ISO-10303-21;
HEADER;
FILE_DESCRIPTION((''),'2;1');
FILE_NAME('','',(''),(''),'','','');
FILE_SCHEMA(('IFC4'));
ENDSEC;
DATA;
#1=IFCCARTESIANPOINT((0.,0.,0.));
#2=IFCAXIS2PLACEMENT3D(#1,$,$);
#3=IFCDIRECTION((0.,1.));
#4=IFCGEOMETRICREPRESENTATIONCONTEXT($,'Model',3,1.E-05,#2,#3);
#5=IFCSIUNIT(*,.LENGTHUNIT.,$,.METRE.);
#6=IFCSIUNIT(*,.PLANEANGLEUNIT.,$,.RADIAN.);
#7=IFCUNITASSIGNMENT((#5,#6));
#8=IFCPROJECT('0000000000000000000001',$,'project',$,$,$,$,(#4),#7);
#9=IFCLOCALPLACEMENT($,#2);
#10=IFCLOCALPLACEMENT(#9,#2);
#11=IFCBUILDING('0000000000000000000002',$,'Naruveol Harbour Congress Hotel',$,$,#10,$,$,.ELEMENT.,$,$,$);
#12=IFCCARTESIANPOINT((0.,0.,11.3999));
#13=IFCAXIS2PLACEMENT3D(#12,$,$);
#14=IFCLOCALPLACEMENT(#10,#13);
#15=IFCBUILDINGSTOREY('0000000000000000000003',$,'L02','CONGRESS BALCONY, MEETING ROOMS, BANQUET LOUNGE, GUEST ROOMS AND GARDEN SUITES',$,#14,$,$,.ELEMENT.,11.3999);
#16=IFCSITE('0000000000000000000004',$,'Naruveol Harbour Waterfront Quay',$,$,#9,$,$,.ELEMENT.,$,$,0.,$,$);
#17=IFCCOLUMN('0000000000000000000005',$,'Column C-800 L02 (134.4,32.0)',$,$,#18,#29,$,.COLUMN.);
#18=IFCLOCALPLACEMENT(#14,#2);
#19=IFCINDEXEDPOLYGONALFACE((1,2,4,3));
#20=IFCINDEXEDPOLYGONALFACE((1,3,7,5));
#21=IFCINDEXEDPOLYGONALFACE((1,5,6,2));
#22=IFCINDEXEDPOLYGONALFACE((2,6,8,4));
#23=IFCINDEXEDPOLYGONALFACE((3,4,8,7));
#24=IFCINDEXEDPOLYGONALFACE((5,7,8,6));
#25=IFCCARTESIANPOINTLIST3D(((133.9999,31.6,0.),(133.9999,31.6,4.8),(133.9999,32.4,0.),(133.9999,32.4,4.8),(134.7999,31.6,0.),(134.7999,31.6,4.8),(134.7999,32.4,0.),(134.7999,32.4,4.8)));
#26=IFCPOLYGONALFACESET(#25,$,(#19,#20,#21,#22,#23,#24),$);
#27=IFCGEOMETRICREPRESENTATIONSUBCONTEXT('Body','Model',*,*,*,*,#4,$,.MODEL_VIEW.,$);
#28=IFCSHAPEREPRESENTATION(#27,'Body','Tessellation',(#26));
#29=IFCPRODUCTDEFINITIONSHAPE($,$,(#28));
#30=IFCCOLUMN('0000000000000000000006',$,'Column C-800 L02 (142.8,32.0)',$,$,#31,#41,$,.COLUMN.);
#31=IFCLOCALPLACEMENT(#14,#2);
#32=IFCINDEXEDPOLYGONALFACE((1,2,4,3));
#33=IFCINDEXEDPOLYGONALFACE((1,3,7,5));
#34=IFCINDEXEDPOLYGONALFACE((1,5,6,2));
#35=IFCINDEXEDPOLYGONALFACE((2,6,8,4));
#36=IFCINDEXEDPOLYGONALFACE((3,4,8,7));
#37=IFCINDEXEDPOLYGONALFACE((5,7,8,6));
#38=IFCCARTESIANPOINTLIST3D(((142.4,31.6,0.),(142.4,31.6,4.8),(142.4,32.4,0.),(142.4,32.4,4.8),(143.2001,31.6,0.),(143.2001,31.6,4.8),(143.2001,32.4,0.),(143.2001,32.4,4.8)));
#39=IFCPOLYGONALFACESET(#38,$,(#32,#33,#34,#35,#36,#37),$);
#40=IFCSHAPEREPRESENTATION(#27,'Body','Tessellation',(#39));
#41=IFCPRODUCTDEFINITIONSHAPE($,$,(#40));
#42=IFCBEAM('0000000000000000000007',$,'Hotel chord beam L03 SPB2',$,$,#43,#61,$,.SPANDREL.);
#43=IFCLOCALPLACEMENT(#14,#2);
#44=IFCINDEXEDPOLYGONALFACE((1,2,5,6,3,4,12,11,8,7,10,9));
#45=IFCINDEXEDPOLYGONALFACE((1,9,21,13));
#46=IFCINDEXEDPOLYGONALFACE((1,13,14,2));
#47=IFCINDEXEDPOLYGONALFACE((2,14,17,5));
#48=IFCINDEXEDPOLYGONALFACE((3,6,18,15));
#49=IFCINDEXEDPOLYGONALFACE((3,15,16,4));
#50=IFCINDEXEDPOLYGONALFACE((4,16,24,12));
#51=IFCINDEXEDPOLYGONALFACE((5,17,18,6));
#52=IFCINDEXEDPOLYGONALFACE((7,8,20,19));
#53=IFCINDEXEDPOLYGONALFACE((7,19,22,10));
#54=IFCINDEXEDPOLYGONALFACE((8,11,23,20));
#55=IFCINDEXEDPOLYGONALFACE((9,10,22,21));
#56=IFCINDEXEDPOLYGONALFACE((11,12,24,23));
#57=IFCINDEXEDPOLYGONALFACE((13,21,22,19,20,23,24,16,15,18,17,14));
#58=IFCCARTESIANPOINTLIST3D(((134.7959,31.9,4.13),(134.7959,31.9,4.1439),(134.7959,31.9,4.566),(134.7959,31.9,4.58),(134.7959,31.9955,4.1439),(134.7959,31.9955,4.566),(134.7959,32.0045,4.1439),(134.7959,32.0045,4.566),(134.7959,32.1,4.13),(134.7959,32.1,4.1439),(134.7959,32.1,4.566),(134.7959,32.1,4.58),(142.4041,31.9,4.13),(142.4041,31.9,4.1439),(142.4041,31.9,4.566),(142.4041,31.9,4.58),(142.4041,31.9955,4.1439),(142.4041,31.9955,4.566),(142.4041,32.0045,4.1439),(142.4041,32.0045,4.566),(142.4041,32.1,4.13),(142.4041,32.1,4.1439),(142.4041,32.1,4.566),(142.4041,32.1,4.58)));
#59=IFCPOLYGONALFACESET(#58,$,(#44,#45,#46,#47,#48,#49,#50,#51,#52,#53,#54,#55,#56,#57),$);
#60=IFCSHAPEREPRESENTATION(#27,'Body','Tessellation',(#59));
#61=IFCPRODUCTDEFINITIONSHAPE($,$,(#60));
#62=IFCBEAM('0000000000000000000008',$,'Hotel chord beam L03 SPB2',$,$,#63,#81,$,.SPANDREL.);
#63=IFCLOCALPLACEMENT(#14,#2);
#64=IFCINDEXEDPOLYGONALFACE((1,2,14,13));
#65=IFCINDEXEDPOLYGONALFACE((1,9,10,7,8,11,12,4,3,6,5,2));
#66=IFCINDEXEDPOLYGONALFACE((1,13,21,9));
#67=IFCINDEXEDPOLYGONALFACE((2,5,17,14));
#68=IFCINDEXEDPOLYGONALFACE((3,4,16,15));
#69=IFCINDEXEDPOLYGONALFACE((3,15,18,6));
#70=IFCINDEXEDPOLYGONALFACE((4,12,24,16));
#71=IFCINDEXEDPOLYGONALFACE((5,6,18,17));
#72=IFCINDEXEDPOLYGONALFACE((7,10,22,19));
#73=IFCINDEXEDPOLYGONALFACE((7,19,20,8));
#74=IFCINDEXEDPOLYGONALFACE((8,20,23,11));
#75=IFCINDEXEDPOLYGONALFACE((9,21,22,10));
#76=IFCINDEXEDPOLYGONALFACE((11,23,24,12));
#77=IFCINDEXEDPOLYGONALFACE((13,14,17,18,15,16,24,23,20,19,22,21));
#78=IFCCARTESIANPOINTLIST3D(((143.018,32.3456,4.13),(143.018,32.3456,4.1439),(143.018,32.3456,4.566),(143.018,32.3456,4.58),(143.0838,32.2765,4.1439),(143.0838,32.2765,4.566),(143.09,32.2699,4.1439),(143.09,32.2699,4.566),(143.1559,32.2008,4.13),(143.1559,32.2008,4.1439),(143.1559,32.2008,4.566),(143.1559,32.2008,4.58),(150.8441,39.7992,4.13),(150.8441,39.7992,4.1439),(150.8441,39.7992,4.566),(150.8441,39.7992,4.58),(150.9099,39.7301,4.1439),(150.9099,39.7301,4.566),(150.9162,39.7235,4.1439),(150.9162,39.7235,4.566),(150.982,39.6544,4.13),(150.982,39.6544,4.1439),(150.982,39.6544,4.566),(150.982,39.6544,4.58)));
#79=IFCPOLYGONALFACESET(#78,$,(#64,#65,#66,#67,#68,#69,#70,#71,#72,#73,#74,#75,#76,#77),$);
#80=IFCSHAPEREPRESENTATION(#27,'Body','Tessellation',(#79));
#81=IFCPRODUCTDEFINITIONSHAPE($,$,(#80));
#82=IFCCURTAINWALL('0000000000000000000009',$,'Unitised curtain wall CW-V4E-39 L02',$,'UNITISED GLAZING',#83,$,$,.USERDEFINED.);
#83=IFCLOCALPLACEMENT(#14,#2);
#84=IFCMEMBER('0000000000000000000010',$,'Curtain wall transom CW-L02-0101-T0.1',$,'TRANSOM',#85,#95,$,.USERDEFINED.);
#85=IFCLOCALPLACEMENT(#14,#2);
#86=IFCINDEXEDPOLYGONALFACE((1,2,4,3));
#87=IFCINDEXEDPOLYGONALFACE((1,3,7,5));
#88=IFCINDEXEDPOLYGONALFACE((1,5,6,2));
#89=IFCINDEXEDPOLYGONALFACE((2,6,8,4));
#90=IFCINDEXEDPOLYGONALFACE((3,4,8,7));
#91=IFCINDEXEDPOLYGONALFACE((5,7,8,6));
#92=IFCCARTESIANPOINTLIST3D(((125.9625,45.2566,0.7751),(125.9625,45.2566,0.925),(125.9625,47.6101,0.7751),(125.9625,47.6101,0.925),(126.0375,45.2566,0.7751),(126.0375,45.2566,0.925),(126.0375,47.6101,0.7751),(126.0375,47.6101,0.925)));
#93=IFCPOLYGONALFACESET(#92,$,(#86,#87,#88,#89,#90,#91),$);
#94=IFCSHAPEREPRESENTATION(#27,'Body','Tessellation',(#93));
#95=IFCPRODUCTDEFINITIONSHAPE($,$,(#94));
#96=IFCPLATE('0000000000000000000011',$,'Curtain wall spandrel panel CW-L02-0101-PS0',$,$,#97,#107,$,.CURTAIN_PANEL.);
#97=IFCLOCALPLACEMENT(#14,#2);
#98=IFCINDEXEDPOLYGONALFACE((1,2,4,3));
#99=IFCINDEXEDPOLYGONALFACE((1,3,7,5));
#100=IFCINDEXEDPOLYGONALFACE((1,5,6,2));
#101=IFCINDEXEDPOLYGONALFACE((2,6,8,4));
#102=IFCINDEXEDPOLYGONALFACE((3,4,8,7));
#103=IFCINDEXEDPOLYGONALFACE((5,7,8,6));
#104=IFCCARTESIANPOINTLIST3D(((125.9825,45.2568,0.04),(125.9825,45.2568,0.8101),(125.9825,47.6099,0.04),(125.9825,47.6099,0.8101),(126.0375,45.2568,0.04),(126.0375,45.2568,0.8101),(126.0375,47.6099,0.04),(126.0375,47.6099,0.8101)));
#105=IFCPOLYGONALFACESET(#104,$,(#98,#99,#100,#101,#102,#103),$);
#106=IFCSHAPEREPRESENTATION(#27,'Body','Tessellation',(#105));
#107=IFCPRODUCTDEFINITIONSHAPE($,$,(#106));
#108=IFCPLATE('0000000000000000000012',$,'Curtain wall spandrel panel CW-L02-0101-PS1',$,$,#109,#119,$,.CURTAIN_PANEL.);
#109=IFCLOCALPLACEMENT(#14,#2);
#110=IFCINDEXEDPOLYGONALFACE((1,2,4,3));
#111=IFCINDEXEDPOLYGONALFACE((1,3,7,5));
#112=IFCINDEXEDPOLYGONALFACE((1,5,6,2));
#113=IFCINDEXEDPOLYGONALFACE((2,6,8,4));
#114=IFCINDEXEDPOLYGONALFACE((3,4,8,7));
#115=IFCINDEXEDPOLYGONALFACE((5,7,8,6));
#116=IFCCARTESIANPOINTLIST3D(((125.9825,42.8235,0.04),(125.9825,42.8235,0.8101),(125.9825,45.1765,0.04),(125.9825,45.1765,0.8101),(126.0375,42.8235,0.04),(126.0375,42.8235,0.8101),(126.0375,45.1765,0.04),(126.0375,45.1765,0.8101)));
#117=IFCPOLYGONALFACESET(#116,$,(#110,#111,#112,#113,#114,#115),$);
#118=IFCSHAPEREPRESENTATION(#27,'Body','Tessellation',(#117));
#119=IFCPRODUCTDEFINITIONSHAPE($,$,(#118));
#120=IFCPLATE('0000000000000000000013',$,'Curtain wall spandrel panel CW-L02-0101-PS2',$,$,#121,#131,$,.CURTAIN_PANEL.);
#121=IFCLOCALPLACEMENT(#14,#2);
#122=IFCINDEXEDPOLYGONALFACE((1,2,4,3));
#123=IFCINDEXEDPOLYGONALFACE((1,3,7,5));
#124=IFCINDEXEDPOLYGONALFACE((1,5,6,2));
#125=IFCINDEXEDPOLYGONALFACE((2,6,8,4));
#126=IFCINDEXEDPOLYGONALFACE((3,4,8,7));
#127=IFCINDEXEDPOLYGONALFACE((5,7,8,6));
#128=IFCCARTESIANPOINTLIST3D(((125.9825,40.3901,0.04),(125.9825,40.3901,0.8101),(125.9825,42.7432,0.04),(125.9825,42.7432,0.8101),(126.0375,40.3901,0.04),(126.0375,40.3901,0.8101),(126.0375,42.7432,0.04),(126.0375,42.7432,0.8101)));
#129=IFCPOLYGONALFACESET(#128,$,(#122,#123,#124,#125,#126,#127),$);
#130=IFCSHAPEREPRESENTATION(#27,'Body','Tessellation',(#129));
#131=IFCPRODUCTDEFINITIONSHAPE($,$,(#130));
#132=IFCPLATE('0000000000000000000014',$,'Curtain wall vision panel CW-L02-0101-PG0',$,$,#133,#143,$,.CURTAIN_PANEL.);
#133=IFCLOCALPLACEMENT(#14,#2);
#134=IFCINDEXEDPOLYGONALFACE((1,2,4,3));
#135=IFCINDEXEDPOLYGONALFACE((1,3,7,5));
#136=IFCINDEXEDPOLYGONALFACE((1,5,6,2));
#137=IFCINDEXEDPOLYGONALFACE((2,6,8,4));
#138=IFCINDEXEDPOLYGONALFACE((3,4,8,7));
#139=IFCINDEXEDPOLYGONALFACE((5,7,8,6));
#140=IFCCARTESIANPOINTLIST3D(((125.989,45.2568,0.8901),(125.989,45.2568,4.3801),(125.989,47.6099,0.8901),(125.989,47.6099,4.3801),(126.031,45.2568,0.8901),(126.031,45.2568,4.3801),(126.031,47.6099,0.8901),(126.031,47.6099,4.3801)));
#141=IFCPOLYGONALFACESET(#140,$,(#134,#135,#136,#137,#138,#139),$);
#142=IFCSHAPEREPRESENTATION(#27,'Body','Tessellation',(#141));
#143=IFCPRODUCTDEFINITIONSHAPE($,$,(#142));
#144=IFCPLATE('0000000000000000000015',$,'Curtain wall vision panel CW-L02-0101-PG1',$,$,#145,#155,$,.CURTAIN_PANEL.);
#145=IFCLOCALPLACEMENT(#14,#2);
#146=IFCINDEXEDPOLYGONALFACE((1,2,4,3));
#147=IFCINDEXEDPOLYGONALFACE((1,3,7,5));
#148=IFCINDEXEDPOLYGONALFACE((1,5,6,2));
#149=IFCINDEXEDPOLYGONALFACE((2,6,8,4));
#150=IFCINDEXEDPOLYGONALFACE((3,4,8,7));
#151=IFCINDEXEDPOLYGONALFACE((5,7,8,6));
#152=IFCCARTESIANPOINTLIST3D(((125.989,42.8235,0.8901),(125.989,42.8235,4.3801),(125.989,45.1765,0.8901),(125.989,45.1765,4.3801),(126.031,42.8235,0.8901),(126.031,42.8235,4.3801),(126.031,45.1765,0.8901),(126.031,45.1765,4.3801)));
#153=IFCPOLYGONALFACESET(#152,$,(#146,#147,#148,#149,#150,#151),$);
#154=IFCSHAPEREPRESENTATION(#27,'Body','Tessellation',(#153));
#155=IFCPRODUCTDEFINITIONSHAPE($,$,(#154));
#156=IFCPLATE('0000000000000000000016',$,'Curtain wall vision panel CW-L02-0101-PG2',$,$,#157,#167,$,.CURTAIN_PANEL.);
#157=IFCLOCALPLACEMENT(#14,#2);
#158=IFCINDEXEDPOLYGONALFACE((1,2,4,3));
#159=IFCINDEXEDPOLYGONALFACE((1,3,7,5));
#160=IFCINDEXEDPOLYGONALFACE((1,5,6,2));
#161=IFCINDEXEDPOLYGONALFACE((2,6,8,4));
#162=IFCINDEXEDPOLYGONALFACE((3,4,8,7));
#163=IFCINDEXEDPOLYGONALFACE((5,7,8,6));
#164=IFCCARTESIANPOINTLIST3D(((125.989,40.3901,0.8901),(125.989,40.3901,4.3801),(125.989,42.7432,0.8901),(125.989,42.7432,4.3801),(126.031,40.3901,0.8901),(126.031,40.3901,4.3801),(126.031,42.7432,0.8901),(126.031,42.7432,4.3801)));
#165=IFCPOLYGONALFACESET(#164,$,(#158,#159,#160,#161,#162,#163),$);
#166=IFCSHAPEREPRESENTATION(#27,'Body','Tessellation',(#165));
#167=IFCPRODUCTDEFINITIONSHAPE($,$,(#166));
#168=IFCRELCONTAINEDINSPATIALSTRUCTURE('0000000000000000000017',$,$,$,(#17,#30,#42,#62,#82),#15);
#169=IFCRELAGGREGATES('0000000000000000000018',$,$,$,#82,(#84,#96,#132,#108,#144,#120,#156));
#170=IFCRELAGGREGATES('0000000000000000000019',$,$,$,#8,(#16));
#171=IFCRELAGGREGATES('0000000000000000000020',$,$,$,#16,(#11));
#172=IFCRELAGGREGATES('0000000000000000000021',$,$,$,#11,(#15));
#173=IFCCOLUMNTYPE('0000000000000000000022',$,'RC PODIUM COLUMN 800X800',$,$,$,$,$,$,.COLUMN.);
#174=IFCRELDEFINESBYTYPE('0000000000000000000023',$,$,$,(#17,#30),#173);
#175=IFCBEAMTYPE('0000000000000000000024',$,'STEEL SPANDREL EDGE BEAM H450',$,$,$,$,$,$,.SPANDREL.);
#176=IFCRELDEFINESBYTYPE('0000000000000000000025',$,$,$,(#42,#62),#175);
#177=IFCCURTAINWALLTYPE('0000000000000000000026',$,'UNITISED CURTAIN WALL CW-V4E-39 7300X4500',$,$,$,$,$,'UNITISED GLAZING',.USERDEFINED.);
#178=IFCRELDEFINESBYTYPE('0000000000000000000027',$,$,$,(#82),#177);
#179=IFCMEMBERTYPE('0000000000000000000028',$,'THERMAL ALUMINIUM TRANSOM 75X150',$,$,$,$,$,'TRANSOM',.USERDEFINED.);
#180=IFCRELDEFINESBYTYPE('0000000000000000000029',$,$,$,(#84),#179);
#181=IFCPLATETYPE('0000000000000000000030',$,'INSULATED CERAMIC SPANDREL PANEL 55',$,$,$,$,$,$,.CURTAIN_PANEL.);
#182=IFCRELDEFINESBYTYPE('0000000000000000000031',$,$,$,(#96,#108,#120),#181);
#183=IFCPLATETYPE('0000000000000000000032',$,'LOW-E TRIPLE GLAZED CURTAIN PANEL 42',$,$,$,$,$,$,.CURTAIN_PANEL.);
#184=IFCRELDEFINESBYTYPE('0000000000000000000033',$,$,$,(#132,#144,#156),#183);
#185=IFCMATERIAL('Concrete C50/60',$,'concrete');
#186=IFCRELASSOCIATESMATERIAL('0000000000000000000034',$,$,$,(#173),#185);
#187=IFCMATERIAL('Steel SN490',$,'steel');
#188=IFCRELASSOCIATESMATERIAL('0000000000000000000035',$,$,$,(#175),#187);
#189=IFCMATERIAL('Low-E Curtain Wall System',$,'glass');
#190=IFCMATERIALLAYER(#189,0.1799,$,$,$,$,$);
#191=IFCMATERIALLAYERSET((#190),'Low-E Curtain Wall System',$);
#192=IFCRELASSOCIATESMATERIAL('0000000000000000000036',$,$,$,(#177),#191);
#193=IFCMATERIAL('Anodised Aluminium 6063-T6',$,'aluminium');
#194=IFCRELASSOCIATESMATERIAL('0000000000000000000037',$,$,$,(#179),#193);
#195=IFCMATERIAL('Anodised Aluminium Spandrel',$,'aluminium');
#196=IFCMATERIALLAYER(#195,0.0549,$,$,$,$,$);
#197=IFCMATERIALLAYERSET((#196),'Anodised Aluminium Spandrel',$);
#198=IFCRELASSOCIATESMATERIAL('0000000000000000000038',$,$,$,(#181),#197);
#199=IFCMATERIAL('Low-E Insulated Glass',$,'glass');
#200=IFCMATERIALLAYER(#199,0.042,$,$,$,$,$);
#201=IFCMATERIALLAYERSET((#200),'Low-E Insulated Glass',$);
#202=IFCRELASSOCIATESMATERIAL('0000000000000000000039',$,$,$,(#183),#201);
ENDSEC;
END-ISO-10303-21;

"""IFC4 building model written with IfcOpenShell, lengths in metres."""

from ifc_helpers import new_model, si_unit, direction, frame, origin, origin_2d, place, context, subcontext, project, spatial, rectangle, i_section, extrude, material, layer, layer_set, material_profile, profile_set, type_object, element, aggregate, save


model = new_model("IFC4")

# Units and contexts
model_context = context("Model", 3, precision=1e-05, world=origin(), true_north=direction((0.0, 1.0)))
body_context = subcontext(model_context, "Body", "Model", "MODEL_VIEW")
ifc_project = project(units=[si_unit("LENGTHUNIT", "METRE"), si_unit("PLANEANGLEUNIT", "RADIAN")], contexts=[model_context])

# Site, building, storey
site_placement = place(None, origin())
site = spatial("IfcSite", under=ifc_project, at=site_placement, Name="Naruveol Harbour Waterfront Quay", CompositionType="ELEMENT", RefElevation=0.0)
building_placement = place(site_placement, origin())
building = spatial("IfcBuilding", under=site, at=building_placement, Name="Naruveol Harbour Congress Hotel", CompositionType="ELEMENT")
storey_placement = place(building_placement, frame((0.0, 0.0, 11.3999)))
storey = spatial("IfcBuildingStorey", under=building, at=storey_placement, Name="L02", Description="CONGRESS BALCONY, MEETING ROOMS, BANQUET LOUNGE, GUEST ROOMS AND GARDEN SUITES", CompositionType="ELEMENT", Elevation=11.3999)

# Columns
ifc_material_1 = material(Name="Concrete C50/60", Category="concrete")
ifc_material_profile_1 = material_profile(ifc_material_1, rectangle(XDim=0.8, YDim=0.8, at=origin_2d()), Name="RC-800x800")
ifc_profile_set_1 = profile_set([ifc_material_profile_1], Name="Concrete C50/60")
column_type = type_object("IfcColumnType", Name="RC PODIUM COLUMN 800X800", PredefinedType="COLUMN", material=ifc_profile_set_1)
for number, where, z_axis, x_axis, name in (
    (1, (134.3999, 32.0, 0.0), (0.0, 0.0, 1.0), (1.0, 0.0, 0.0), "Column C-800 L02 (134.4,32.0)"),
    (2, (142.8, 32.0, 0.0), (0.0, 0.0, 1.0), (1.0, 0.0, 0.0), "Column C-800 L02 (142.8,32.0)"),
):
    element("IfcColumn", number, at=place(storey_placement, frame(where, z_axis=z_axis, x_axis=x_axis)), inside=storey, type_object=column_type, Name=name, PredefinedType="COLUMN", context=body_context, shape_type="SweptSolid", body=[
        extrude(rectangle(XDim=0.8, YDim=0.8, at=origin_2d()), origin(), (0.0, 0.0, 1.0), 4.8),
    ])

# Beams
ifc_material_2 = material(Name="Steel SN490", Category="steel")
ifc_material_profile_2 = material_profile(ifc_material_2, i_section(OverallWidth=0.2, OverallDepth=0.45, WebThickness=0.009, FlangeThickness=0.0139, at=origin_2d()), Name="H-450x200x9x14")
ifc_profile_set_2 = profile_set([ifc_material_profile_2], Name="Steel SN490")
beam_type = type_object("IfcBeamType", Name="STEEL SPANDREL EDGE BEAM H450", PredefinedType="SPANDREL", material=ifc_profile_set_2)
beam_1_placement = place(storey_placement, frame((134.7959, 32.0, 4.355), z_axis=(1.0, 0.0, 0.0), x_axis=(0.0, 1.0, 0.0)))
element("IfcBeam", 3, at=beam_1_placement, inside=storey, type_object=beam_type, Name="Hotel chord beam L03 SPB2", PredefinedType="SPANDREL", context=body_context, shape_type="SweptSolid", body=[
    extrude(i_section(OverallWidth=0.2, OverallDepth=0.45, WebThickness=0.009, FlangeThickness=0.0139, at=origin_2d()), origin(), (0.0, 0.0, 1.0), 7.6082),
])
beam_2_placement = place(storey_placement, frame((143.0869, 32.2732, 4.355), z_axis=(0.724133, 0.689661, 0.0), x_axis=(-0.689661, 0.724133, 0.0)))
element("IfcBeam", 4, at=beam_2_placement, inside=storey, type_object=beam_type, Name="Hotel chord beam L03 SPB2", PredefinedType="SPANDREL", context=body_context, shape_type="SweptSolid", body=[
    extrude(i_section(OverallWidth=0.2, OverallDepth=0.45, WebThickness=0.009, FlangeThickness=0.0139, at=origin_2d()), origin(), (0.0, 0.0, 1.0), 10.8076),
])

# Curtain wall, member, plates
ifc_material_3 = material(Name="Low-E Curtain Wall System", Category="glass")
ifc_layer_1 = layer(ifc_material_3, 0.1799)
ifc_layer_set_1 = layer_set([ifc_layer_1], Name="Low-E Curtain Wall System")
curtain_wall_type = type_object("IfcCurtainWallType", Name="UNITISED CURTAIN WALL CW-V4E-39 7300X4500", ElementType="UNITISED GLAZING", PredefinedType="USERDEFINED", material=ifc_layer_set_1)
curtain_wall_placement = place(storey_placement, origin())
curtain_wall = element("IfcCurtainWall", 5, at=curtain_wall_placement, inside=storey, type_object=curtain_wall_type, Name="Unitised curtain wall CW-V4E-39 L02", ObjectType="UNITISED GLAZING", PredefinedType="USERDEFINED")
ifc_material_4 = material(Name="Anodised Aluminium 6063-T6", Category="aluminium")
ifc_material_profile_3 = material_profile(ifc_material_4, rectangle(XDim=0.075, YDim=0.1499, at=origin_2d()), Name="ALU-75x150")
ifc_profile_set_3 = profile_set([ifc_material_profile_3], Name="Anodised Aluminium 6063-T6")
member_type = type_object("IfcMemberType", Name="THERMAL ALUMINIUM TRANSOM 75X150", ElementType="TRANSOM", PredefinedType="USERDEFINED", material=ifc_profile_set_3)
member_placement = place(storey_placement, frame((126.0, 47.6101, 0.8501), z_axis=(0.0, -1.0, 0.0), x_axis=(1.0, 0.0, 0.0)))
member = element("IfcMember", 6, at=member_placement, type_object=member_type, Name="Curtain wall transom CW-L02-0101-T0.1", ObjectType="TRANSOM", PredefinedType="USERDEFINED", context=body_context, shape_type="SweptSolid", body=[
    extrude(rectangle(XDim=0.075, YDim=0.1499, at=origin_2d()), origin(), (0.0, 0.0, 1.0), 2.3535),
])
ifc_material_5 = material(Name="Anodised Aluminium Spandrel", Category="aluminium")
ifc_layer_2 = layer(ifc_material_5, 0.0549)
ifc_layer_set_2 = layer_set([ifc_layer_2], Name="Anodised Aluminium Spandrel")
plate_type_1 = type_object("IfcPlateType", Name="INSULATED CERAMIC SPANDREL PANEL 55", PredefinedType="CURTAIN_PANEL", material=ifc_layer_set_2)
plate_1_placement = place(storey_placement, frame((126.01, 46.4333, 0.04), z_axis=(0.0, 0.0, 1.0), x_axis=(0.0, -1.0, 0.0)))
plate_1 = element("IfcPlate", 7, at=plate_1_placement, type_object=plate_type_1, Name="Curtain wall spandrel panel CW-L02-0101-PS0", PredefinedType="CURTAIN_PANEL", context=body_context, shape_type="SweptSolid", body=[
    extrude(rectangle(XDim=2.353, YDim=0.0549, at=origin_2d()), origin(), (0.0, 0.0, 1.0), 0.77),
])
plate_2_placement = place(storey_placement, frame((126.01, 44.0, 0.04), z_axis=(0.0, 0.0, 1.0), x_axis=(0.0, -1.0, 0.0)))
plate_2 = element("IfcPlate", 8, at=plate_2_placement, type_object=plate_type_1, Name="Curtain wall spandrel panel CW-L02-0101-PS1", PredefinedType="CURTAIN_PANEL", context=body_context, shape_type="SweptSolid", body=[
    extrude(rectangle(XDim=2.353, YDim=0.0549, at=origin_2d()), origin(), (0.0, 0.0, 1.0), 0.77),
])
plate_3_placement = place(storey_placement, frame((126.01, 41.5667, 0.04), z_axis=(0.0, 0.0, 1.0), x_axis=(0.0, -1.0, 0.0)))
plate_3 = element("IfcPlate", 9, at=plate_3_placement, type_object=plate_type_1, Name="Curtain wall spandrel panel CW-L02-0101-PS2", PredefinedType="CURTAIN_PANEL", context=body_context, shape_type="SweptSolid", body=[
    extrude(rectangle(XDim=2.353, YDim=0.0549, at=origin_2d()), origin(), (0.0, 0.0, 1.0), 0.77),
])
ifc_material_6 = material(Name="Low-E Insulated Glass", Category="glass")
ifc_layer_3 = layer(ifc_material_6, 0.042)
ifc_layer_set_3 = layer_set([ifc_layer_3], Name="Low-E Insulated Glass")
plate_type_2 = type_object("IfcPlateType", Name="LOW-E TRIPLE GLAZED CURTAIN PANEL 42", PredefinedType="CURTAIN_PANEL", material=ifc_layer_set_3)
plate_4_placement = place(storey_placement, frame((126.01, 46.4333, 0.8901), z_axis=(0.0, 0.0, 1.0), x_axis=(0.0, -1.0, 0.0)))
plate_4 = element("IfcPlate", 10, at=plate_4_placement, type_object=plate_type_2, Name="Curtain wall vision panel CW-L02-0101-PG0", PredefinedType="CURTAIN_PANEL", context=body_context, shape_type="SweptSolid", body=[
    extrude(rectangle(XDim=2.353, YDim=0.042, at=origin_2d()), origin(), (0.0, 0.0, 1.0), 3.49),
])
plate_5_placement = place(storey_placement, frame((126.01, 44.0, 0.8901), z_axis=(0.0, 0.0, 1.0), x_axis=(0.0, -1.0, 0.0)))
plate_5 = element("IfcPlate", 11, at=plate_5_placement, type_object=plate_type_2, Name="Curtain wall vision panel CW-L02-0101-PG1", PredefinedType="CURTAIN_PANEL", context=body_context, shape_type="SweptSolid", body=[
    extrude(rectangle(XDim=2.353, YDim=0.042, at=origin_2d()), origin(), (0.0, 0.0, 1.0), 3.49),
])
plate_6_placement = place(storey_placement, frame((126.01, 41.5667, 0.8901), z_axis=(0.0, 0.0, 1.0), x_axis=(0.0, -1.0, 0.0)))
plate_6 = element("IfcPlate", 12, at=plate_6_placement, type_object=plate_type_2, Name="Curtain wall vision panel CW-L02-0101-PG2", PredefinedType="CURTAIN_PANEL", context=body_context, shape_type="SweptSolid", body=[
    extrude(rectangle(XDim=2.353, YDim=0.042, at=origin_2d()), origin(), (0.0, 0.0, 1.0), 3.49),
])
aggregate(curtain_wall, [member, plate_1, plate_4, plate_2, plate_5, plate_3, plate_6])

save(model, "model.ifc")
